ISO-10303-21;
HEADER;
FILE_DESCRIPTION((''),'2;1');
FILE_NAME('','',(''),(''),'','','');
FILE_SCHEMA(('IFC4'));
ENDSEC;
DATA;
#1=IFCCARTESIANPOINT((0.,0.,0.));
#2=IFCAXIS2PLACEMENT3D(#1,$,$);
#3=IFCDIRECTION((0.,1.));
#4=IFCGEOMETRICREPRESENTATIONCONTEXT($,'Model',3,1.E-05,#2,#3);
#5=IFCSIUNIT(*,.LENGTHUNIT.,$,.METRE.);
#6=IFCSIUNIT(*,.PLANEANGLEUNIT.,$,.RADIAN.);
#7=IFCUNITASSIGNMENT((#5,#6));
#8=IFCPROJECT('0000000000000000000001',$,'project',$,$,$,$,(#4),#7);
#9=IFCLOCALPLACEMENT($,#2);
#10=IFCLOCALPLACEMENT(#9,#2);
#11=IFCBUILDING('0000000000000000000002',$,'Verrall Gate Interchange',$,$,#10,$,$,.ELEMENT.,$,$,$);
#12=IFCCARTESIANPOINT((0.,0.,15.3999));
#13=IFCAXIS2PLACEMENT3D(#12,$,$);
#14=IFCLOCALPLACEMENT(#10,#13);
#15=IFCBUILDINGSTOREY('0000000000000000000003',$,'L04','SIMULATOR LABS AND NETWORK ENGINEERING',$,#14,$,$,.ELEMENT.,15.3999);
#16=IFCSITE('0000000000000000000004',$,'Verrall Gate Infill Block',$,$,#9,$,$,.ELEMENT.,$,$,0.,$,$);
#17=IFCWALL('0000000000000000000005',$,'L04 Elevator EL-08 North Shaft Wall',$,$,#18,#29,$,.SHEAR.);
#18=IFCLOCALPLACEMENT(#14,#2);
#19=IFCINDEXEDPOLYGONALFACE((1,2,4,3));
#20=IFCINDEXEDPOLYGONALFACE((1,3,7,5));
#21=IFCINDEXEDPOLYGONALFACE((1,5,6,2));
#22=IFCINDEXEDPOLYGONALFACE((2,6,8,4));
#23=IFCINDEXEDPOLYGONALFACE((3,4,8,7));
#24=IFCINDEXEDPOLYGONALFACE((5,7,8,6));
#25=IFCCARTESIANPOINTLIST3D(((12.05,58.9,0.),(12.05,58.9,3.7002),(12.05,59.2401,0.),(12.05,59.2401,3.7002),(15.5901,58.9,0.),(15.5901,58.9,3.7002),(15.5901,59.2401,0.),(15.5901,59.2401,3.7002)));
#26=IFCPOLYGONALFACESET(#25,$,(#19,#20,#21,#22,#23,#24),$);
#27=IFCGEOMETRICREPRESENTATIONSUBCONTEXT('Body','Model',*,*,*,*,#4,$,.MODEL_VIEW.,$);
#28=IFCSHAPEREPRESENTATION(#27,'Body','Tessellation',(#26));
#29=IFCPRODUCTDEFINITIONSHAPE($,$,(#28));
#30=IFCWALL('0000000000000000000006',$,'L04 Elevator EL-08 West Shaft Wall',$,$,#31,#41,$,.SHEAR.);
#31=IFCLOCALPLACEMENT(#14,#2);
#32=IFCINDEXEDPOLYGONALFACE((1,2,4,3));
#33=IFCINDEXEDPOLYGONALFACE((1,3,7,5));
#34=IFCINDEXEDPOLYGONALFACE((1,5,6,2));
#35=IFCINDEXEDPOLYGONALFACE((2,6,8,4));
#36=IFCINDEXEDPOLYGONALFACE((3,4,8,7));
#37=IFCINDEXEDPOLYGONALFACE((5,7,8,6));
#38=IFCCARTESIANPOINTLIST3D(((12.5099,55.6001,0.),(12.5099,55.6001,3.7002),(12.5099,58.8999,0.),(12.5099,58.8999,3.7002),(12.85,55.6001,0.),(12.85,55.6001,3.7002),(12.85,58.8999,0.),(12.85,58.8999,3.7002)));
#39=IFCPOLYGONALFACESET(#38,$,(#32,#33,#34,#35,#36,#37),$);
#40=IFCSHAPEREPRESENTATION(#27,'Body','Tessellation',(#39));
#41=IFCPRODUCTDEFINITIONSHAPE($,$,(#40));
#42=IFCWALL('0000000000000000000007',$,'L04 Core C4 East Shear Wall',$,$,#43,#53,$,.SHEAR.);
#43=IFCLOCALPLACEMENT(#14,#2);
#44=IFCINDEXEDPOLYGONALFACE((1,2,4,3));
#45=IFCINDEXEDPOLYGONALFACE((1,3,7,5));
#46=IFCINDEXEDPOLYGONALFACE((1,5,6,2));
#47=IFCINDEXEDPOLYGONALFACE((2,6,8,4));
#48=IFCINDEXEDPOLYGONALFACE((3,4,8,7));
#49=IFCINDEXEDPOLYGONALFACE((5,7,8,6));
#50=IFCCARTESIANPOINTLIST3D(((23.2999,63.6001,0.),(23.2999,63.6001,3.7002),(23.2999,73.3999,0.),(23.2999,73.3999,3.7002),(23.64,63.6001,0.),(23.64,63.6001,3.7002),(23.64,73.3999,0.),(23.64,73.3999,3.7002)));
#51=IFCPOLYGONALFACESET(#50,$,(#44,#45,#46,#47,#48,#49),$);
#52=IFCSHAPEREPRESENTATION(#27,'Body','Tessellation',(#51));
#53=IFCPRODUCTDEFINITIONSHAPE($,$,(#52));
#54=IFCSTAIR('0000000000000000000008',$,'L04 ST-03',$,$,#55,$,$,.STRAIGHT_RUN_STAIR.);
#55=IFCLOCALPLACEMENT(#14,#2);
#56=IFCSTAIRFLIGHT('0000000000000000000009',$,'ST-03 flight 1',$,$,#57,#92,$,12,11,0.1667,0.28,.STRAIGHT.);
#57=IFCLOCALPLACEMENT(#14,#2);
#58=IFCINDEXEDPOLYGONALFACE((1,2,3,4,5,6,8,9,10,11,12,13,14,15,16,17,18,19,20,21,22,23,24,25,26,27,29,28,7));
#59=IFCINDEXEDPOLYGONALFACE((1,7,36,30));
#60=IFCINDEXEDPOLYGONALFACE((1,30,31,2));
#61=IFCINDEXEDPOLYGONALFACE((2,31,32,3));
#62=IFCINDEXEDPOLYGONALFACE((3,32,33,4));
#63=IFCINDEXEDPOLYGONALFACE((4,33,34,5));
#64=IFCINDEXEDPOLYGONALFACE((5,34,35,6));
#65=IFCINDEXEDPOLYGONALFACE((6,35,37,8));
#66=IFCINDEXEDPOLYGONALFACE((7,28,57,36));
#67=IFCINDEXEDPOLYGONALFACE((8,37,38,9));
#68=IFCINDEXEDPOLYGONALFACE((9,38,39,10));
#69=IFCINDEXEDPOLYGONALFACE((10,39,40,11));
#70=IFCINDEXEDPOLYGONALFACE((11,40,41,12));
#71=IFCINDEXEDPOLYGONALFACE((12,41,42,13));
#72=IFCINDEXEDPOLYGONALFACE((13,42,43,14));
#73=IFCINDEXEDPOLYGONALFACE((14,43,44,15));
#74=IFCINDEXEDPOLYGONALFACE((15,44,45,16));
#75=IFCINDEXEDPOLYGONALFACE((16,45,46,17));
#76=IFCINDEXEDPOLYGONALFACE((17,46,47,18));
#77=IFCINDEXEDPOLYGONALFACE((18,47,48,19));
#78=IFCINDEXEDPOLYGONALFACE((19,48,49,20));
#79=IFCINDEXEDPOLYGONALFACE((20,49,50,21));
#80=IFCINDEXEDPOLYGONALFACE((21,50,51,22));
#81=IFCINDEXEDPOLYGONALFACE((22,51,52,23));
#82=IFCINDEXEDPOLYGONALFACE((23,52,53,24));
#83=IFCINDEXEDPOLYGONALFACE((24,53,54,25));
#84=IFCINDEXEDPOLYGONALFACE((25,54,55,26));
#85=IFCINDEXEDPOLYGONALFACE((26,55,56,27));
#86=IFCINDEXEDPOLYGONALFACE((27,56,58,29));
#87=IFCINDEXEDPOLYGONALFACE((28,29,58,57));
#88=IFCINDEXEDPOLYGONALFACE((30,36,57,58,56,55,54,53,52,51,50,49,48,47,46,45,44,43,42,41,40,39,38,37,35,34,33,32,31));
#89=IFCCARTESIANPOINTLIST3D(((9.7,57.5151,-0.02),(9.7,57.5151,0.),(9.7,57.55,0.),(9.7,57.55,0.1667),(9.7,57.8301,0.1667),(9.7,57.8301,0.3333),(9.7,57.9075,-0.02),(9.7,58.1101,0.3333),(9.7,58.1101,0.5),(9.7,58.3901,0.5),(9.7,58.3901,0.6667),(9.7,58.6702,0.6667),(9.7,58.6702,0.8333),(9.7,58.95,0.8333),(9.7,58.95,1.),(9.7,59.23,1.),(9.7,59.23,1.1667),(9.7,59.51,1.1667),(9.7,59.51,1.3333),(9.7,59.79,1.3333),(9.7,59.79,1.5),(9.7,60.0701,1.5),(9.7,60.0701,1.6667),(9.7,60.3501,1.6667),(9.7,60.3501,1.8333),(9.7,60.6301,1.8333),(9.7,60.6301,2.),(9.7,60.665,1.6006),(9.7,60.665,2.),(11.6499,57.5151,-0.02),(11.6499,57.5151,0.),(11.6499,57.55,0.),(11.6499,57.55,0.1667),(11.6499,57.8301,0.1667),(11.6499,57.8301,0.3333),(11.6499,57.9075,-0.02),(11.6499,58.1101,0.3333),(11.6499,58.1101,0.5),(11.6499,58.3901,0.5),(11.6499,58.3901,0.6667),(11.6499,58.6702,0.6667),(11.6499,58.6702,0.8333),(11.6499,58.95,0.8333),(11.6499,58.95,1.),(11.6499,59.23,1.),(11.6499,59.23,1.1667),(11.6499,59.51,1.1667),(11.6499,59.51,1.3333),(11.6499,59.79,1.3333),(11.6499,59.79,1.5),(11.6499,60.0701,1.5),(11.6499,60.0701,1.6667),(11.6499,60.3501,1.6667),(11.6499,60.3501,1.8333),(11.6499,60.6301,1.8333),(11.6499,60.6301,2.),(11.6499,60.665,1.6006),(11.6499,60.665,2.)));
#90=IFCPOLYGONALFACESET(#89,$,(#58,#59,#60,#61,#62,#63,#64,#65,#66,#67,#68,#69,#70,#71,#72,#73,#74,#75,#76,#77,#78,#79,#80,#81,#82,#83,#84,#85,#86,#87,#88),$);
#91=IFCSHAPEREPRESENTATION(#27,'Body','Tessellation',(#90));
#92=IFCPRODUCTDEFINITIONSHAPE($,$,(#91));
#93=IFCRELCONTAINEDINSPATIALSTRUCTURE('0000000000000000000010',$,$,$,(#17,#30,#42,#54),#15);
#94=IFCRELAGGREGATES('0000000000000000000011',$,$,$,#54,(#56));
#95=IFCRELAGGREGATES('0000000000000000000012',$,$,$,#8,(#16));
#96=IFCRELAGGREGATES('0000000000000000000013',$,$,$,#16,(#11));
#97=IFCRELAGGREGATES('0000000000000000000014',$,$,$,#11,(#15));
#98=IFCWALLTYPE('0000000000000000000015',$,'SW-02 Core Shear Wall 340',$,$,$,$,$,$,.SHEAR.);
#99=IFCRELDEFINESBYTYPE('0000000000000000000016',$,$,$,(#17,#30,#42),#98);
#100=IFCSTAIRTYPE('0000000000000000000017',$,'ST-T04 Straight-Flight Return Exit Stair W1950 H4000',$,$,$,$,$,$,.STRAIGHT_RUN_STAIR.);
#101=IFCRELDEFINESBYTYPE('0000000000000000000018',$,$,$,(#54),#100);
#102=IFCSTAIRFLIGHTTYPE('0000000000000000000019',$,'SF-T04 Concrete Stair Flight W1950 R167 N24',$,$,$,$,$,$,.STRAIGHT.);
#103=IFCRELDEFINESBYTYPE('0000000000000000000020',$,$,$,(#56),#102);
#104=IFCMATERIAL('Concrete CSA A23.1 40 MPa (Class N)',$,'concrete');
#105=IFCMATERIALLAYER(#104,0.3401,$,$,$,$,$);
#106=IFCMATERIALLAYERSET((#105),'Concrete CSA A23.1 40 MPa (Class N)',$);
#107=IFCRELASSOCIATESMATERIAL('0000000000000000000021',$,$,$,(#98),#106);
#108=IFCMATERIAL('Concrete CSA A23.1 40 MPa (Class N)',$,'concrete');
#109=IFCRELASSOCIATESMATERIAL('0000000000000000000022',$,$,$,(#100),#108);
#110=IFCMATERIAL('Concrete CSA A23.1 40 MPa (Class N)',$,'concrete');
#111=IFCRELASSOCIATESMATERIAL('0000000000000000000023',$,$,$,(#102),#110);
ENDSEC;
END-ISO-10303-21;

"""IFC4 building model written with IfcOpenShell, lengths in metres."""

from ifc_helpers import new_model, si_unit, direction, frame, frame_2d, origin, place, context, subcontext, project, spatial, polyline, rectangle, outline, extrude, material, layer, layer_set, type_object, element, aggregate, save


model = new_model("IFC4")

# Units and contexts
model_context = context("Model", 3, precision=1e-05, world=origin(), true_north=direction((0.0, 1.0)))
body_context = subcontext(model_context, "Body", "Model", "MODEL_VIEW")
ifc_project = project(units=[si_unit("LENGTHUNIT", "METRE"), si_unit("PLANEANGLEUNIT", "RADIAN")], contexts=[model_context])

# Site, building, storey
site_placement = place(None, origin())
site = spatial("IfcSite", under=ifc_project, at=site_placement, Name="Verrall Gate Infill Block", CompositionType="ELEMENT", RefElevation=0.0)
building_placement = place(site_placement, origin())
building = spatial("IfcBuilding", under=site, at=building_placement, Name="Verrall Gate Interchange", CompositionType="ELEMENT")
storey_placement = place(building_placement, frame((0.0, 0.0, 15.3999)))
storey = spatial("IfcBuildingStorey", under=building, at=storey_placement, Name="L04", Description="SIMULATOR LABS AND NETWORK ENGINEERING", CompositionType="ELEMENT", Elevation=15.3999)

# Walls
ifc_material_1 = material(Name="Concrete CSA A23.1 40 MPa (Class N)", Category="concrete")
ifc_layer_1 = layer(ifc_material_1, 0.3401)
ifc_layer_set_1 = layer_set([ifc_layer_1], Name="Concrete CSA A23.1 40 MPa (Class N)")
wall_type_1 = type_object("IfcWallType", Name="SW-02 Core Shear Wall 340", PredefinedType="SHEAR", material=ifc_layer_set_1)
wall_1_placement = place(storey_placement, frame((15.5901, 59.0701, 0.0), z_axis=(0.0, 0.0, 1.0), x_axis=(-1.0, 0.0, 0.0)))
element("IfcWall", 1, at=wall_1_placement, inside=storey, type_object=wall_type_1, Name="L04 Elevator EL-08 North Shaft Wall", PredefinedType="SHEAR", context=body_context, shape_type="SweptSolid", body=[
    extrude(rectangle(XDim=3.54, YDim=0.3401, at=frame_2d((1.77, 0.0))), origin(), (0.0, 0.0, 1.0), 3.7002),
])
wall_2_placement = place(storey_placement, frame((12.6799, 58.8999, 0.0), z_axis=(0.0, 0.0, 1.0), x_axis=(0.0, -1.0, 0.0)))
element("IfcWall", 2, at=wall_2_placement, inside=storey, type_object=wall_type_1, Name="L04 Elevator EL-08 West Shaft Wall", PredefinedType="SHEAR", context=body_context, shape_type="SweptSolid", body=[
    extrude(rectangle(XDim=3.2998, YDim=0.3401, at=frame_2d((1.6499, 0.0))), origin(), (0.0, 0.0, 1.0), 3.7002),
])

# Wall
wall_3_placement = place(storey_placement, frame((23.47, 63.6001, 0.0), z_axis=(0.0, 0.0, 1.0), x_axis=(0.0, 1.0, 0.0)))
element("IfcWall", 3, at=wall_3_placement, inside=storey, type_object=wall_type_1, Name="L04 Core C4 East Shear Wall", PredefinedType="SHEAR", context=body_context, shape_type="SweptSolid", body=[
    extrude(rectangle(XDim=9.7998, YDim=0.3401, at=frame_2d((4.8999, 0.0))), origin(), (0.0, 0.0, 1.0), 3.7002),
])

# Stair, stair flight
ifc_material_2 = material(Name="Concrete CSA A23.1 40 MPa (Class N)", Category="concrete")
stair_type = type_object("IfcStairType", Name="ST-T04 Straight-Flight Return Exit Stair W1950 H4000", PredefinedType="STRAIGHT_RUN_STAIR", material=ifc_material_2)
stair_placement = place(storey_placement, origin())
stair = element("IfcStair", 4, at=stair_placement, inside=storey, type_object=stair_type, Name="L04 ST-03", PredefinedType="STRAIGHT_RUN_STAIR")
ifc_material_3 = material(Name="Concrete CSA A23.1 40 MPa (Class N)", Category="concrete")
stair_flight_type = type_object("IfcStairFlightType", Name="SF-T04 Concrete Stair Flight W1950 R167 N24", PredefinedType="STRAIGHT", material=ifc_material_3)
stair_flight_placement = place(storey_placement, frame((10.675, 57.55, 0.0), z_axis=(0.0, 0.0, 1.0), x_axis=(0.0, 1.0, 0.0)))
stair_flight = element("IfcStairFlight", 5, at=stair_flight_placement, type_object=stair_flight_type, Name="ST-03 flight 1", NumberOfRisers=12, NumberOfTreads=11, PredefinedType="STRAIGHT", RiserHeight=0.1667, TreadLength=0.28, context=body_context, shape_type="SweptSolid", body=[
    extrude(outline(polyline([(-0.0349, -0.02), (-0.0349, 0.0), (0.0, 0.0), (0.0, 0.1667), (0.28, 0.1667), (0.28, 0.3333), (0.5601, 0.3333), (0.5601, 0.5), (0.8401, 0.5), (0.8401, 0.6667), (1.1201, 0.6667), (1.1201, 0.8333), (1.3999, 0.8333), (1.3999, 1.0), (1.6799, 1.0), (1.6799, 1.1667), (1.96, 1.1667), (1.96, 1.3333), (2.24, 1.3333), (2.24, 1.5), (2.52, 1.5), (2.52, 1.6667), (2.8, 1.6667), (2.8, 1.8333), (3.0801, 1.8333), (3.0801, 2.0), (3.115, 2.0), (3.115, 1.6006), (0.3574, -0.02), (-0.0349, -0.02)])), frame((0.0, 0.9751, 0.0), z_axis=(0.0, -1.0, 0.0), x_axis=(1.0, 0.0, 0.0)), (0.0, 0.0, 1.0), 1.95),
])
aggregate(stair, [stair_flight])

save(model, "model.ifc")
